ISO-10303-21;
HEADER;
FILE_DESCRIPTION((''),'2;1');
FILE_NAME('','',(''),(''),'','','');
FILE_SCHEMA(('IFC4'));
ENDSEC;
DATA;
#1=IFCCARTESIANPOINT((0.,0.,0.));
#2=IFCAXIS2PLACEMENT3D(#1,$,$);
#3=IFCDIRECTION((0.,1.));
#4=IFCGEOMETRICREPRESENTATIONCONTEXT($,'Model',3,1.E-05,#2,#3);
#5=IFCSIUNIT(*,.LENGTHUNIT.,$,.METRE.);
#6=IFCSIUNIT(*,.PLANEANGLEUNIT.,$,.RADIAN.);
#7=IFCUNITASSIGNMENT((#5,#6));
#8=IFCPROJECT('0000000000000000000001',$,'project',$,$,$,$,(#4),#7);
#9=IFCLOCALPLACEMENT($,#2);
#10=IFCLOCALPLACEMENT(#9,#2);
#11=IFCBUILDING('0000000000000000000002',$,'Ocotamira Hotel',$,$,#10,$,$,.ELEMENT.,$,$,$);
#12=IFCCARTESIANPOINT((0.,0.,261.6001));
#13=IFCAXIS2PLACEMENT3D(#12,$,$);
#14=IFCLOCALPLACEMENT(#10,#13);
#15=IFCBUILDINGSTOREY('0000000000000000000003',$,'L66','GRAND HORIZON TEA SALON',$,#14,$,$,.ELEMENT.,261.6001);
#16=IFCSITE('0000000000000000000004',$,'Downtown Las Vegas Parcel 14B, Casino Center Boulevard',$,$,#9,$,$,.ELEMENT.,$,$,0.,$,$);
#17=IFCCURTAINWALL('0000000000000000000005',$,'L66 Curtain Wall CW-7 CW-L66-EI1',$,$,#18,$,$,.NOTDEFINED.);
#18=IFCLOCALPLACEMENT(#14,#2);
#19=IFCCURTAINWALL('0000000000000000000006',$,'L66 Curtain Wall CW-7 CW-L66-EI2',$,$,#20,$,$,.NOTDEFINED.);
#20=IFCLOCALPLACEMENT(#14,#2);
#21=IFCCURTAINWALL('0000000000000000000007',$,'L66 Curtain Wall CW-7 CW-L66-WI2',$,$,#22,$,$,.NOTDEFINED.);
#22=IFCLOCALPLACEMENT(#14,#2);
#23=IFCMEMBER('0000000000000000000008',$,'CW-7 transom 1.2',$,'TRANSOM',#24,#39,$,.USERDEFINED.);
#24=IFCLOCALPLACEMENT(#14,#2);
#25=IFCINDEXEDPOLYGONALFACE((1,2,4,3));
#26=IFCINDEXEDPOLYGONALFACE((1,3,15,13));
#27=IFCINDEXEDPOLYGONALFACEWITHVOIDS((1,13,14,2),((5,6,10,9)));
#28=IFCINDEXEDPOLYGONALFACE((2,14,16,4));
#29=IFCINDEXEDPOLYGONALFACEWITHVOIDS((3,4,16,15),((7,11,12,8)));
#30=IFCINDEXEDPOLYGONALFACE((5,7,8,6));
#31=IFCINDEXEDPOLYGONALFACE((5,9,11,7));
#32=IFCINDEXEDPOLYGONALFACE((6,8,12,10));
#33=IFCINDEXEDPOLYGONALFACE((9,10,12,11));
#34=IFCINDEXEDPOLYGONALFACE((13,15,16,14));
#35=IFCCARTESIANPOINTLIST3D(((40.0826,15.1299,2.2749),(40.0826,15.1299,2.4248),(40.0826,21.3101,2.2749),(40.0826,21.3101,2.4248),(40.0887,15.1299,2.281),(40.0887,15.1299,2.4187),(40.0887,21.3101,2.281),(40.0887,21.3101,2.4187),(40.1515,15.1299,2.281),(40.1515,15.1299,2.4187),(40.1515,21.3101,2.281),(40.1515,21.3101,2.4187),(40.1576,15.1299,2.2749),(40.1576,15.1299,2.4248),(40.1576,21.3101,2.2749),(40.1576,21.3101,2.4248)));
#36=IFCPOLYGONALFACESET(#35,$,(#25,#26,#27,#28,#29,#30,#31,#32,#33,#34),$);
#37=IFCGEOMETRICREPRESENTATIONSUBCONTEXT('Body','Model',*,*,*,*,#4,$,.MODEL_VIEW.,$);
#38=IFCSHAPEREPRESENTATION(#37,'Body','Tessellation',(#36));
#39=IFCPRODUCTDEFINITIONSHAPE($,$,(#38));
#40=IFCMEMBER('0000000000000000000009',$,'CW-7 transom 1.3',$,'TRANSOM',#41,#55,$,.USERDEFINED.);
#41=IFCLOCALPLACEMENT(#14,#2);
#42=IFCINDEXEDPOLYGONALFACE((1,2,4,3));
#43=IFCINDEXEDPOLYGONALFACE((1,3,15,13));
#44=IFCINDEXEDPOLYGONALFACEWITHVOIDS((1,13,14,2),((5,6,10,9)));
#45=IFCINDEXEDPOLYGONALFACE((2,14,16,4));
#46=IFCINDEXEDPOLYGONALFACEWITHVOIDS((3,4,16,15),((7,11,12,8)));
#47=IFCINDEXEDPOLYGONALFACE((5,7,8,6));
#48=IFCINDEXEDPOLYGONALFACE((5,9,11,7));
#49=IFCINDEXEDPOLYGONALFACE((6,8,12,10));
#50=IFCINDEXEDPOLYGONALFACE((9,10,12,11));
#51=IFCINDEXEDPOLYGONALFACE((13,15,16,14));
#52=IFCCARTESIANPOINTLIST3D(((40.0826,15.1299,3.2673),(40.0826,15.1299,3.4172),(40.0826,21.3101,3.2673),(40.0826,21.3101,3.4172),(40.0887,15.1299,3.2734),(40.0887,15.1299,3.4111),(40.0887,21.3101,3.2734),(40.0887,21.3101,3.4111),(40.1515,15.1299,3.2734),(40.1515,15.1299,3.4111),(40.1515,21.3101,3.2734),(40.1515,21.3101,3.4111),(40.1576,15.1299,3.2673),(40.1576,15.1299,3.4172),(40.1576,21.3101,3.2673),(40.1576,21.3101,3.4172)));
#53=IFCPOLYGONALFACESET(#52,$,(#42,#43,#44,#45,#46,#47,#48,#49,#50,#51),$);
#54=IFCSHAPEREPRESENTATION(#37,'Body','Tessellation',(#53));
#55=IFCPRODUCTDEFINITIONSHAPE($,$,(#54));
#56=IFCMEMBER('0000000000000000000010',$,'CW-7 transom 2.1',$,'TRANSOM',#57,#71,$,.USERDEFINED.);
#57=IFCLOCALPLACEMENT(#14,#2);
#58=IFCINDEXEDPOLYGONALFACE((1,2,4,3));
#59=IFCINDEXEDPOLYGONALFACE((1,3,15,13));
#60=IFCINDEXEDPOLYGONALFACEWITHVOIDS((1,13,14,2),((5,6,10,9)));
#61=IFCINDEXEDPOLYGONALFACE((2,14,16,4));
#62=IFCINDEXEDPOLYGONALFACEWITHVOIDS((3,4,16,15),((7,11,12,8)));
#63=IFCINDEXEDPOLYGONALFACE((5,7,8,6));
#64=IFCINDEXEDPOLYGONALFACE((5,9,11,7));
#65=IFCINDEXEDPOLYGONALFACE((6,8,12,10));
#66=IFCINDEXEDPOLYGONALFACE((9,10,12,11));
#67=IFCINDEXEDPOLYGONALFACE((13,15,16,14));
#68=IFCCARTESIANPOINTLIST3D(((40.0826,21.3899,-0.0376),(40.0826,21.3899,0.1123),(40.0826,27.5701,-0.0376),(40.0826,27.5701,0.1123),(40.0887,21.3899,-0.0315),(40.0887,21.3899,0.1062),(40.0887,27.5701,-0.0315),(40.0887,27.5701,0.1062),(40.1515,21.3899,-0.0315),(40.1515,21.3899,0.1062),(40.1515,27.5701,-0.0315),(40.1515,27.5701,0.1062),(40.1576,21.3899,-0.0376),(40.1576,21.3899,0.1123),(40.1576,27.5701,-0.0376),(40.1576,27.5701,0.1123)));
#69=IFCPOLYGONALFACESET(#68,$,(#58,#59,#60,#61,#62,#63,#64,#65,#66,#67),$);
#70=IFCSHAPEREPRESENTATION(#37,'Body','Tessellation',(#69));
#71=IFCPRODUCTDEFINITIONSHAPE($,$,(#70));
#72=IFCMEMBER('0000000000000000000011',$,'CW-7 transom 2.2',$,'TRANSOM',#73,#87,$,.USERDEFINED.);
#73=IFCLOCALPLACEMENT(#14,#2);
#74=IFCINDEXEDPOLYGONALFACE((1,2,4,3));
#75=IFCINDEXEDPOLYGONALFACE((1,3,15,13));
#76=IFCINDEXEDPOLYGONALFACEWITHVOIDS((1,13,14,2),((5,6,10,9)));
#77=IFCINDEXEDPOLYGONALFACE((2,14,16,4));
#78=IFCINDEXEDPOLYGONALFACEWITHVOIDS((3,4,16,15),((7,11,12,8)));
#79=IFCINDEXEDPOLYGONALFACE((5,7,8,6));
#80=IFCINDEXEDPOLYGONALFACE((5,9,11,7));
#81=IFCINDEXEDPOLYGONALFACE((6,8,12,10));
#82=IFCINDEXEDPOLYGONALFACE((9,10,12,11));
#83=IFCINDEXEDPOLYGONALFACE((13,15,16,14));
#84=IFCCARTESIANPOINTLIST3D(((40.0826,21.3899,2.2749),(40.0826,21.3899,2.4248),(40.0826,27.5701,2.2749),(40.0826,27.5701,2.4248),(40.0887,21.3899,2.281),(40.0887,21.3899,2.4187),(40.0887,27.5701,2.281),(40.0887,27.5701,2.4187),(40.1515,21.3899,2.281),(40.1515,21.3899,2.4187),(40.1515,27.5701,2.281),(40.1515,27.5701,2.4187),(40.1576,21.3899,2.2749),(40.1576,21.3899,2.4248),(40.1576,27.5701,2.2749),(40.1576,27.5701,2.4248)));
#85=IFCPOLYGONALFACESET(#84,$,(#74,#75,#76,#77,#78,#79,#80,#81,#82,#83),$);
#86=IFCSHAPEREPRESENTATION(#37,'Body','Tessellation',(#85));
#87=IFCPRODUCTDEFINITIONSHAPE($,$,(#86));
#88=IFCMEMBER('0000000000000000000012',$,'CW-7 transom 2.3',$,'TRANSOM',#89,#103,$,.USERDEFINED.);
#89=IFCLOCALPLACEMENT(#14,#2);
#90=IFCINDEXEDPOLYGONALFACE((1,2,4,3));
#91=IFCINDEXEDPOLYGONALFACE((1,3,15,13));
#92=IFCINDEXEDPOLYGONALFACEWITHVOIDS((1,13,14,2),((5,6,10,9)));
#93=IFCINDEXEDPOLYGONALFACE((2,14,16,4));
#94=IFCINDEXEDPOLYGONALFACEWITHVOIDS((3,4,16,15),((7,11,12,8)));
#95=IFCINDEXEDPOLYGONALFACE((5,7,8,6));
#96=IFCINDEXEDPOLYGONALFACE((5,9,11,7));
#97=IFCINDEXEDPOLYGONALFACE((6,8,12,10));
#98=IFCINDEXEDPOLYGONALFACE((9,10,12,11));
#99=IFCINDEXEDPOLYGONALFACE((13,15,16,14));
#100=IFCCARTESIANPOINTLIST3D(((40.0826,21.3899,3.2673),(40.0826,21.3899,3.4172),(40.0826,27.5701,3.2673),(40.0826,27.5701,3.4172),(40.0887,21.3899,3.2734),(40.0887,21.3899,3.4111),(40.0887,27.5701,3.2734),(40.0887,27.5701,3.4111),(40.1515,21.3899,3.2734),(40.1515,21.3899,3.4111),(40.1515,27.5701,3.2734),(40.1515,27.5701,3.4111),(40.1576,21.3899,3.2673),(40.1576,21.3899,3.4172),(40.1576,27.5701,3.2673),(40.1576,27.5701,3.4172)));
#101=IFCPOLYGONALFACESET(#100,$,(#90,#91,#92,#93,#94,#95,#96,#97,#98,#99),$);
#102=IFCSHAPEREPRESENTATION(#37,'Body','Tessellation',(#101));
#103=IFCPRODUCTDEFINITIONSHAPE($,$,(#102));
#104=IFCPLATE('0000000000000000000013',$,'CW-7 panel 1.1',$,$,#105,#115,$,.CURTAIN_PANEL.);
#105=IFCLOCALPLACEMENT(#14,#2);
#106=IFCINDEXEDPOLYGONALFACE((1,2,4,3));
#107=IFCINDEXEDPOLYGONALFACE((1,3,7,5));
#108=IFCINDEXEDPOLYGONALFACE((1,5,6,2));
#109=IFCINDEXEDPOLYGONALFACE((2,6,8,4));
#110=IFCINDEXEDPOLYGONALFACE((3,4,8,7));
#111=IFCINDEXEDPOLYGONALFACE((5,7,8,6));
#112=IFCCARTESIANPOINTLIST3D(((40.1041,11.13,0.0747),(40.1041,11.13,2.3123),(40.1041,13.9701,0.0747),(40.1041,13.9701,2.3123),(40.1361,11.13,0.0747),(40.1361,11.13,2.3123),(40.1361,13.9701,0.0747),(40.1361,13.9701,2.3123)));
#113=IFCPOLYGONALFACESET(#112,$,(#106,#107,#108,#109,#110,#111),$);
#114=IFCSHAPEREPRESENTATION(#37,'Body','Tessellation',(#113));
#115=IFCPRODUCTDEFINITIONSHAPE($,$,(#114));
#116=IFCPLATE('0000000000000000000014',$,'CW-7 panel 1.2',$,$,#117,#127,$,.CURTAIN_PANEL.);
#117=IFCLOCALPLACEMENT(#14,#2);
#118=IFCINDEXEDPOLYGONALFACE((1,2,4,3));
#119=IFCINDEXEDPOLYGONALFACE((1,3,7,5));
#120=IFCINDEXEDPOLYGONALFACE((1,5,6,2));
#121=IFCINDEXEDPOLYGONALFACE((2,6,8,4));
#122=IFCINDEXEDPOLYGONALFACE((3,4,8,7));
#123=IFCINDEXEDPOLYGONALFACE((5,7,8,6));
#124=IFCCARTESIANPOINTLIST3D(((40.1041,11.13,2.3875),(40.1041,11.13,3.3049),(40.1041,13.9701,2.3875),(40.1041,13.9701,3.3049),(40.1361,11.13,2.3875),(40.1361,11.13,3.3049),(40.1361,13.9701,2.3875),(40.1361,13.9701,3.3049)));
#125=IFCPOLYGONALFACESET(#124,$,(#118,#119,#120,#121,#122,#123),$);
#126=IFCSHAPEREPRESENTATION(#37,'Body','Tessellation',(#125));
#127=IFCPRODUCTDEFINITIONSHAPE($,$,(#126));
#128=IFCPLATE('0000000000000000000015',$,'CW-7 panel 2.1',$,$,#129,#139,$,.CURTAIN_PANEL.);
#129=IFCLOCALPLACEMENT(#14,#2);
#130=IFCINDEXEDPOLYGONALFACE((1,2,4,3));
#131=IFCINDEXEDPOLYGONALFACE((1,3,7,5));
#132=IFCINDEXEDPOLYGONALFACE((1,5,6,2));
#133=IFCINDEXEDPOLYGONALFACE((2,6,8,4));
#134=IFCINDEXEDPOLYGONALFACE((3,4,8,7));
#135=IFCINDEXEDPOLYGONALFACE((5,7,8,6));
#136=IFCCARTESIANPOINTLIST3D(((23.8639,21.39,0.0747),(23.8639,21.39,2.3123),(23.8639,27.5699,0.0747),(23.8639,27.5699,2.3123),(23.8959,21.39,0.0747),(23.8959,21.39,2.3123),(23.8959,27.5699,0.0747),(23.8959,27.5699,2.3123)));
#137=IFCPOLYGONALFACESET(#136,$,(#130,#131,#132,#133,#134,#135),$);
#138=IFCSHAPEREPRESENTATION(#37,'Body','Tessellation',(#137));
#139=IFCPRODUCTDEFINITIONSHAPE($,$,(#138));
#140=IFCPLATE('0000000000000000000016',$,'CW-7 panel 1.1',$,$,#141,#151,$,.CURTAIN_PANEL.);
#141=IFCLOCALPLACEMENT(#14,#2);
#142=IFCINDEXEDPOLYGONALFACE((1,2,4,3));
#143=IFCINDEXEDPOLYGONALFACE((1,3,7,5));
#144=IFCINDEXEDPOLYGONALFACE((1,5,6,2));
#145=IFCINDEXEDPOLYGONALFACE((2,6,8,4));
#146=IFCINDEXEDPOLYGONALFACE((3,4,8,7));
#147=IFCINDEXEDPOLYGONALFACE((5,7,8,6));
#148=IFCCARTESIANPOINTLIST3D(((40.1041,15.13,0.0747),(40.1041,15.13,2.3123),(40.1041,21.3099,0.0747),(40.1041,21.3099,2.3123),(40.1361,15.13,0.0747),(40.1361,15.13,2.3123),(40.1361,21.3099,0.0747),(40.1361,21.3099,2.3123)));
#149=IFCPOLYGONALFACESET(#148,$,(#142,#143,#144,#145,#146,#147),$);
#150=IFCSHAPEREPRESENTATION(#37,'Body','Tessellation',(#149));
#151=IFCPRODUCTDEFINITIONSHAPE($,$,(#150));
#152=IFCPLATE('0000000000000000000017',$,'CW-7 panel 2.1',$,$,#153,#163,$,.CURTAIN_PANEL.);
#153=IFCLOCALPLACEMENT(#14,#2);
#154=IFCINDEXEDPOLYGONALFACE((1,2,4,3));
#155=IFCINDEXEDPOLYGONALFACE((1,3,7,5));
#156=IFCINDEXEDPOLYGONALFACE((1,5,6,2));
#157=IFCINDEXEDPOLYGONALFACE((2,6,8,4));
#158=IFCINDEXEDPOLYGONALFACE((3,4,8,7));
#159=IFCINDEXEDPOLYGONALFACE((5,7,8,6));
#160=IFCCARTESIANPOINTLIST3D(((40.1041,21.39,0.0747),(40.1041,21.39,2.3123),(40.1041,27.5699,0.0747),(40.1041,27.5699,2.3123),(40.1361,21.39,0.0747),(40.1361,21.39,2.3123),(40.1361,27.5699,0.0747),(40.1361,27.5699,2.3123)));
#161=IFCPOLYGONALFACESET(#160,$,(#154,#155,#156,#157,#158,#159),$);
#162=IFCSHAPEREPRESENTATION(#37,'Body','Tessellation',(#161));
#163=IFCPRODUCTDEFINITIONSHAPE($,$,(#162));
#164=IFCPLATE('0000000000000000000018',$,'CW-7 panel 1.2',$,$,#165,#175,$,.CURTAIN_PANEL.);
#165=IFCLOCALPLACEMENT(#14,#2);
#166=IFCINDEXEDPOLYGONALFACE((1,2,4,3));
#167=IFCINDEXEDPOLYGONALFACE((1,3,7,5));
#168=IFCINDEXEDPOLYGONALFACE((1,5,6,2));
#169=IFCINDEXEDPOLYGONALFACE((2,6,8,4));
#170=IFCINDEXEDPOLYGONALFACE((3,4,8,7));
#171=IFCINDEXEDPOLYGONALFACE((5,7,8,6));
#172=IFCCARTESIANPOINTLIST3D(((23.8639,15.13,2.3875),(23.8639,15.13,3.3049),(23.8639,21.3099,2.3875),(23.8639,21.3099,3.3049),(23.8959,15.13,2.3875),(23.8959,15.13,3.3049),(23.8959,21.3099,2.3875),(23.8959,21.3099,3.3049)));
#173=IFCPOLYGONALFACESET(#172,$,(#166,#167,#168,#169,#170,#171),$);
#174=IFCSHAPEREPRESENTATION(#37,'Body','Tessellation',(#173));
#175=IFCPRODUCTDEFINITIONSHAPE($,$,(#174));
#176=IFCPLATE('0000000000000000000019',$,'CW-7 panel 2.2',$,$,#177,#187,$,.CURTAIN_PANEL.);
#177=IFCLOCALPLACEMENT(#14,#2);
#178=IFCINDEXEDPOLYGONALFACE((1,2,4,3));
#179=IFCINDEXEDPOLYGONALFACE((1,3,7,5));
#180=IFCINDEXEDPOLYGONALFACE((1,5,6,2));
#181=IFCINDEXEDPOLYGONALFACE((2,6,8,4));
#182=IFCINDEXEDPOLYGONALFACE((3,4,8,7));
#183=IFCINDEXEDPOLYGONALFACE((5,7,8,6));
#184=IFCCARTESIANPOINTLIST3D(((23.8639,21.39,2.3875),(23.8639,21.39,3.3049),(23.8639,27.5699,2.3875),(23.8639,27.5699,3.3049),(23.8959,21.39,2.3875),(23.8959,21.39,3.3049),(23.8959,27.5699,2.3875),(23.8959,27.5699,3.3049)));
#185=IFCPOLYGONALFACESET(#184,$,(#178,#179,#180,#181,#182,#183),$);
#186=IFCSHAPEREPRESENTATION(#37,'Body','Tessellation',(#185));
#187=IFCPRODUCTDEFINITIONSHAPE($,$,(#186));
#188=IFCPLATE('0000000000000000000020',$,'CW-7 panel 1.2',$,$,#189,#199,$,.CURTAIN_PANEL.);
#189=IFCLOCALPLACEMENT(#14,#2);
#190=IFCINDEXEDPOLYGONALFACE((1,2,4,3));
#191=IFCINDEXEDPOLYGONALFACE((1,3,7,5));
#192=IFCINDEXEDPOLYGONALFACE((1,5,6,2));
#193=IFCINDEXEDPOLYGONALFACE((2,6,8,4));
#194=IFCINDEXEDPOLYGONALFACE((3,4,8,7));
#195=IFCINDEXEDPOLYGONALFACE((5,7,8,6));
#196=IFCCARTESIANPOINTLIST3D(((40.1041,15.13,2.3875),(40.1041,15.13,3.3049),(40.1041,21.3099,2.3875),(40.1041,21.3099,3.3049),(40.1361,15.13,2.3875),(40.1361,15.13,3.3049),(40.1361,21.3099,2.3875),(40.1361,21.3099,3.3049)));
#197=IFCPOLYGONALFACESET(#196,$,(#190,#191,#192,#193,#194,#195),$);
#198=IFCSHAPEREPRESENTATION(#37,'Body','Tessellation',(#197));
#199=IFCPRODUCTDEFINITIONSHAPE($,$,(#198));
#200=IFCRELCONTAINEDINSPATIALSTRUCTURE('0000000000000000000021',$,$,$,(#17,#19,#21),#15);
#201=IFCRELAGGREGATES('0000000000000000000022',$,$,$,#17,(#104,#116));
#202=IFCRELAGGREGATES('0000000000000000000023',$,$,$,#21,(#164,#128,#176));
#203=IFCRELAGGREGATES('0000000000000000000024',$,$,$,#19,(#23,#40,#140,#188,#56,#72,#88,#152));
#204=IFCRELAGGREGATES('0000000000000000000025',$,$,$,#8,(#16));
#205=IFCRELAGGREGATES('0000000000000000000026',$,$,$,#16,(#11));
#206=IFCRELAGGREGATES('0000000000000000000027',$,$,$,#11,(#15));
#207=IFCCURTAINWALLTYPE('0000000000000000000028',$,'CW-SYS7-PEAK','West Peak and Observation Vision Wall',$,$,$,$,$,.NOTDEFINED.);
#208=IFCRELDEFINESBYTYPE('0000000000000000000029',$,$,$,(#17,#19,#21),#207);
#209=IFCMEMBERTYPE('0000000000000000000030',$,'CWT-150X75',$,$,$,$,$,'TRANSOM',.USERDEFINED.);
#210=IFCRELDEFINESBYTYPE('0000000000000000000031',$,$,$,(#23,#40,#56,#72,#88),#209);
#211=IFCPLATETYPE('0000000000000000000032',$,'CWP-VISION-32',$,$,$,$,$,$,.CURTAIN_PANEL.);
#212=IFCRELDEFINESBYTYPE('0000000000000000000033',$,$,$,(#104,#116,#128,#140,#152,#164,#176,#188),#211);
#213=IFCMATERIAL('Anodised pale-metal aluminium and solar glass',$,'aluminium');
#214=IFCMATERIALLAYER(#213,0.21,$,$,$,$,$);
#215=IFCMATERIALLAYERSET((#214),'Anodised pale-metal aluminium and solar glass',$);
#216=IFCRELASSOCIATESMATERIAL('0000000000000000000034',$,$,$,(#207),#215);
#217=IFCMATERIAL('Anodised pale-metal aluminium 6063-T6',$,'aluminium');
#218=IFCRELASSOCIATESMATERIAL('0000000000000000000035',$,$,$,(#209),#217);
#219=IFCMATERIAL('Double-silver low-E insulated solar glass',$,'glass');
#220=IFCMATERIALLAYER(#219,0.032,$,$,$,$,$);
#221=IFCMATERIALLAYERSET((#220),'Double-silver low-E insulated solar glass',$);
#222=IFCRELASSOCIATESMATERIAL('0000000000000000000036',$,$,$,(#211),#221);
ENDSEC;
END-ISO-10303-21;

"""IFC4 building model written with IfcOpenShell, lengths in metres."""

from ifc_helpers import new_model, si_unit, direction, frame, origin, origin_2d, place, context, subcontext, project, spatial, rectangle, hollow_rectangle, extrude, source, transform, mapped, material, layer, layer_set, material_profile, profile_set, type_object, element, aggregate, save


model = new_model("IFC4")

# Units and contexts
model_context = context("Model", 3, precision=1e-05, world=origin(), true_north=direction((0.0, 1.0)))
body_context = subcontext(model_context, "Body", "Model", "MODEL_VIEW")
ifc_project = project(units=[si_unit("LENGTHUNIT", "METRE"), si_unit("PLANEANGLEUNIT", "RADIAN")], contexts=[model_context])

# Site, building, storey
site_placement = place(None, origin())
site = spatial("IfcSite", under=ifc_project, at=site_placement, Name="Downtown Las Vegas Parcel 14B, Casino Center Boulevard", CompositionType="ELEMENT", RefElevation=0.0)
building_placement = place(site_placement, origin())
building = spatial("IfcBuilding", under=site, at=building_placement, Name="Ocotamira Hotel", CompositionType="ELEMENT")
storey_placement = place(building_placement, frame((0.0, 0.0, 261.6001)))
storey = spatial("IfcBuildingStorey", under=building, at=storey_placement, Name="L66", Description="GRAND HORIZON TEA SALON", CompositionType="ELEMENT", Elevation=261.6001)

# Curtain walls
ifc_material_1 = material(Name="Anodised pale-metal aluminium and solar glass", Category="aluminium")
ifc_layer_1 = layer(ifc_material_1, 0.21)
ifc_layer_set_1 = layer_set([ifc_layer_1], Name="Anodised pale-metal aluminium and solar glass")
curtain_wall_type = type_object("IfcCurtainWallType", Name="CW-SYS7-PEAK", Description="West Peak and Observation Vision Wall", PredefinedType="NOTDEFINED", material=ifc_layer_set_1)
curtain_wall_1_placement = place(storey_placement, origin())
curtain_wall_1 = element("IfcCurtainWall", 1, at=curtain_wall_1_placement, inside=storey, type_object=curtain_wall_type, Name="L66 Curtain Wall CW-7 CW-L66-EI1", PredefinedType="NOTDEFINED")
ifc_material_2 = material(Name="Anodised pale-metal aluminium 6063-T6", Category="aluminium")
curtain_wall_2_placement = place(storey_placement, origin())
curtain_wall_2 = element("IfcCurtainWall", 2, at=curtain_wall_2_placement, inside=storey, type_object=curtain_wall_type, Name="L66 Curtain Wall CW-7 CW-L66-EI2", PredefinedType="NOTDEFINED")

# Shared definitions
ifc_material_profile_1 = material_profile(ifc_material_2, hollow_rectangle(XDim=0.075, YDim=0.1499, WallThickness=0.0061, at=origin_2d()), Name="HSS150X75X6")
ifc_profile_set_1 = profile_set([ifc_material_profile_1], Name="Anodised pale-metal aluminium 6063-T6")
member_type_1 = type_object("IfcMemberType", Name="CWT-150X75", ElementType="TRANSOM", PredefinedType="USERDEFINED", material=ifc_profile_set_1)

# Curtain wall
curtain_wall_3_placement = place(storey_placement, origin())
curtain_wall_3 = element("IfcCurtainWall", 3, at=curtain_wall_3_placement, inside=storey, type_object=curtain_wall_type, Name="L66 Curtain Wall CW-7 CW-L66-WI2", PredefinedType="NOTDEFINED")
shared_shape_1 = source(origin(), body_context, "Body", "SweptSolid", [
    extrude(hollow_rectangle(XDim=0.075, YDim=0.1499, WallThickness=0.0061, at=origin_2d()), origin(), (0.0, 0.0, 1.0), 6.1802),
])

# Members
member_1_placement = place(storey_placement, frame((40.1201, 15.1299, 2.3499), z_axis=(0.0, 1.0, 0.0), x_axis=(-1.0, 0.0, 0.0)))
member_1 = element("IfcMember", 4, at=member_1_placement, type_object=member_type_1, Name="CW-7 transom 1.2", ObjectType="TRANSOM", PredefinedType="USERDEFINED", context=body_context, shape_type="MappedRepresentation", body=[
    mapped(shared_shape_1, transform((0.0, 0.0, 0.0), scale=1.0)),
])
member_2_placement = place(storey_placement, frame((40.1201, 15.1299, 3.3423), z_axis=(0.0, 1.0, 0.0), x_axis=(-1.0, 0.0, 0.0)))
member_2 = element("IfcMember", 5, at=member_2_placement, type_object=member_type_1, Name="CW-7 transom 1.3", ObjectType="TRANSOM", PredefinedType="USERDEFINED", context=body_context, shape_type="MappedRepresentation", body=[
    mapped(shared_shape_1, transform((0.0, 0.0, 0.0), scale=1.0)),
])
member_3_placement = place(storey_placement, frame((40.1201, 21.3899, 0.0374), z_axis=(0.0, 1.0, 0.0), x_axis=(-1.0, 0.0, 0.0)))
member_3 = element("IfcMember", 6, at=member_3_placement, type_object=member_type_1, Name="CW-7 transom 2.1", ObjectType="TRANSOM", PredefinedType="USERDEFINED", context=body_context, shape_type="MappedRepresentation", body=[
    mapped(shared_shape_1, transform((0.0, 0.0, 0.0), scale=1.0)),
])
member_4_placement = place(storey_placement, frame((40.1201, 21.3899, 2.3499), z_axis=(0.0, 1.0, 0.0), x_axis=(-1.0, 0.0, 0.0)))
member_4 = element("IfcMember", 7, at=member_4_placement, type_object=member_type_1, Name="CW-7 transom 2.2", ObjectType="TRANSOM", PredefinedType="USERDEFINED", context=body_context, shape_type="MappedRepresentation", body=[
    mapped(shared_shape_1, transform((0.0, 0.0, 0.0), scale=1.0)),
])
member_5_placement = place(storey_placement, frame((40.1201, 21.3899, 3.3423), z_axis=(0.0, 1.0, 0.0), x_axis=(-1.0, 0.0, 0.0)))
member_5 = element("IfcMember", 8, at=member_5_placement, type_object=member_type_1, Name="CW-7 transom 2.3", ObjectType="TRANSOM", PredefinedType="USERDEFINED", context=body_context, shape_type="MappedRepresentation", body=[
    mapped(shared_shape_1, transform((0.0, 0.0, 0.0), scale=1.0)),
])

# Plates
ifc_material_3 = material(Name="Double-silver low-E insulated solar glass", Category="glass")
ifc_layer_2 = layer(ifc_material_3, 0.032)
ifc_layer_set_2 = layer_set([ifc_layer_2], Name="Double-silver low-E insulated solar glass")
plate_type = type_object("IfcPlateType", Name="CWP-VISION-32", PredefinedType="CURTAIN_PANEL", material=ifc_layer_set_2)
shared_shape_2 = source(origin(), body_context, "Body", "SweptSolid", [
    extrude(rectangle(XDim=2.8401, YDim=0.032, at=origin_2d()), origin(), (0.0, 0.0, 1.0), 2.2375),
])
plate_1_placement = place(storey_placement, frame((40.1201, 12.55, 0.0747), z_axis=(0.0, 0.0, 1.0), x_axis=(0.0, 1.0, 0.0)))
plate_1 = element("IfcPlate", 9, at=plate_1_placement, type_object=plate_type, Name="CW-7 panel 1.1", PredefinedType="CURTAIN_PANEL", context=body_context, shape_type="MappedRepresentation", body=[
    mapped(shared_shape_2, transform((0.0, 0.0, 0.0), scale=1.0)),
])
shared_shape_3 = source(origin(), body_context, "Body", "SweptSolid", [
    extrude(rectangle(XDim=2.8401, YDim=0.032, at=origin_2d()), origin(), (0.0, 0.0, 1.0), 0.9175),
])
plate_2_placement = place(storey_placement, frame((40.1201, 12.55, 2.3875), z_axis=(0.0, 0.0, 1.0), x_axis=(0.0, 1.0, 0.0)))
plate_2 = element("IfcPlate", 10, at=plate_2_placement, type_object=plate_type, Name="CW-7 panel 1.2", PredefinedType="CURTAIN_PANEL", context=body_context, shape_type="MappedRepresentation", body=[
    mapped(shared_shape_3, transform((0.0, 0.0, 0.0), scale=1.0)),
])
aggregate(curtain_wall_1, [plate_1, plate_2])
shared_shape_4 = source(origin(), body_context, "Body", "SweptSolid", [
    extrude(rectangle(XDim=6.1799, YDim=0.032, at=origin_2d()), origin(), (0.0, 0.0, 1.0), 2.2375),
])
plate_3_placement = place(storey_placement, frame((23.8799, 24.48, 0.0747), z_axis=(0.0, 0.0, 1.0), x_axis=(0.0, 1.0, 0.0)))
plate_3 = element("IfcPlate", 11, at=plate_3_placement, type_object=plate_type, Name="CW-7 panel 2.1", PredefinedType="CURTAIN_PANEL", context=body_context, shape_type="MappedRepresentation", body=[
    mapped(shared_shape_4, transform((0.0, 0.0, 0.0), scale=1.0)),
])
plate_4_placement = place(storey_placement, frame((40.1201, 18.22, 0.0747), z_axis=(0.0, 0.0, 1.0), x_axis=(0.0, 1.0, 0.0)))
plate_4 = element("IfcPlate", 12, at=plate_4_placement, type_object=plate_type, Name="CW-7 panel 1.1", PredefinedType="CURTAIN_PANEL", context=body_context, shape_type="MappedRepresentation", body=[
    mapped(shared_shape_4, transform((0.0, 0.0, 0.0), scale=1.0)),
])
plate_5_placement = place(storey_placement, frame((40.1201, 24.48, 0.0747), z_axis=(0.0, 0.0, 1.0), x_axis=(0.0, 1.0, 0.0)))
plate_5 = element("IfcPlate", 13, at=plate_5_placement, type_object=plate_type, Name="CW-7 panel 2.1", PredefinedType="CURTAIN_PANEL", context=body_context, shape_type="MappedRepresentation", body=[
    mapped(shared_shape_4, transform((0.0, 0.0, 0.0), scale=1.0)),
])
shared_shape_5 = source(origin(), body_context, "Body", "SweptSolid", [
    extrude(rectangle(XDim=6.1799, YDim=0.032, at=origin_2d()), origin(), (0.0, 0.0, 1.0), 0.9175),
])
plate_6_placement = place(storey_placement, frame((23.8799, 18.22, 2.3875), z_axis=(0.0, 0.0, 1.0), x_axis=(0.0, 1.0, 0.0)))
plate_6 = element("IfcPlate", 14, at=plate_6_placement, type_object=plate_type, Name="CW-7 panel 1.2", PredefinedType="CURTAIN_PANEL", context=body_context, shape_type="MappedRepresentation", body=[
    mapped(shared_shape_5, transform((0.0, 0.0, 0.0), scale=1.0)),
])
plate_7_placement = place(storey_placement, frame((23.8799, 24.48, 2.3875), z_axis=(0.0, 0.0, 1.0), x_axis=(0.0, 1.0, 0.0)))
plate_7 = element("IfcPlate", 15, at=plate_7_placement, type_object=plate_type, Name="CW-7 panel 2.2", PredefinedType="CURTAIN_PANEL", context=body_context, shape_type="MappedRepresentation", body=[
    mapped(shared_shape_5, transform((0.0, 0.0, 0.0), scale=1.0)),
])
aggregate(curtain_wall_3, [plate_6, plate_3, plate_7])
plate_8_placement = place(storey_placement, frame((40.1201, 18.22, 2.3875), z_axis=(0.0, 0.0, 1.0), x_axis=(0.0, 1.0, 0.0)))
plate_8 = element("IfcPlate", 16, at=plate_8_placement, type_object=plate_type, Name="CW-7 panel 1.2", PredefinedType="CURTAIN_PANEL", context=body_context, shape_type="MappedRepresentation", body=[
    mapped(shared_shape_5, transform((0.0, 0.0, 0.0), scale=1.0)),
])
aggregate(curtain_wall_2, [member_1, member_2, plate_4, plate_8, member_3, member_4, member_5, plate_5])

save(model, "model.ifc")
